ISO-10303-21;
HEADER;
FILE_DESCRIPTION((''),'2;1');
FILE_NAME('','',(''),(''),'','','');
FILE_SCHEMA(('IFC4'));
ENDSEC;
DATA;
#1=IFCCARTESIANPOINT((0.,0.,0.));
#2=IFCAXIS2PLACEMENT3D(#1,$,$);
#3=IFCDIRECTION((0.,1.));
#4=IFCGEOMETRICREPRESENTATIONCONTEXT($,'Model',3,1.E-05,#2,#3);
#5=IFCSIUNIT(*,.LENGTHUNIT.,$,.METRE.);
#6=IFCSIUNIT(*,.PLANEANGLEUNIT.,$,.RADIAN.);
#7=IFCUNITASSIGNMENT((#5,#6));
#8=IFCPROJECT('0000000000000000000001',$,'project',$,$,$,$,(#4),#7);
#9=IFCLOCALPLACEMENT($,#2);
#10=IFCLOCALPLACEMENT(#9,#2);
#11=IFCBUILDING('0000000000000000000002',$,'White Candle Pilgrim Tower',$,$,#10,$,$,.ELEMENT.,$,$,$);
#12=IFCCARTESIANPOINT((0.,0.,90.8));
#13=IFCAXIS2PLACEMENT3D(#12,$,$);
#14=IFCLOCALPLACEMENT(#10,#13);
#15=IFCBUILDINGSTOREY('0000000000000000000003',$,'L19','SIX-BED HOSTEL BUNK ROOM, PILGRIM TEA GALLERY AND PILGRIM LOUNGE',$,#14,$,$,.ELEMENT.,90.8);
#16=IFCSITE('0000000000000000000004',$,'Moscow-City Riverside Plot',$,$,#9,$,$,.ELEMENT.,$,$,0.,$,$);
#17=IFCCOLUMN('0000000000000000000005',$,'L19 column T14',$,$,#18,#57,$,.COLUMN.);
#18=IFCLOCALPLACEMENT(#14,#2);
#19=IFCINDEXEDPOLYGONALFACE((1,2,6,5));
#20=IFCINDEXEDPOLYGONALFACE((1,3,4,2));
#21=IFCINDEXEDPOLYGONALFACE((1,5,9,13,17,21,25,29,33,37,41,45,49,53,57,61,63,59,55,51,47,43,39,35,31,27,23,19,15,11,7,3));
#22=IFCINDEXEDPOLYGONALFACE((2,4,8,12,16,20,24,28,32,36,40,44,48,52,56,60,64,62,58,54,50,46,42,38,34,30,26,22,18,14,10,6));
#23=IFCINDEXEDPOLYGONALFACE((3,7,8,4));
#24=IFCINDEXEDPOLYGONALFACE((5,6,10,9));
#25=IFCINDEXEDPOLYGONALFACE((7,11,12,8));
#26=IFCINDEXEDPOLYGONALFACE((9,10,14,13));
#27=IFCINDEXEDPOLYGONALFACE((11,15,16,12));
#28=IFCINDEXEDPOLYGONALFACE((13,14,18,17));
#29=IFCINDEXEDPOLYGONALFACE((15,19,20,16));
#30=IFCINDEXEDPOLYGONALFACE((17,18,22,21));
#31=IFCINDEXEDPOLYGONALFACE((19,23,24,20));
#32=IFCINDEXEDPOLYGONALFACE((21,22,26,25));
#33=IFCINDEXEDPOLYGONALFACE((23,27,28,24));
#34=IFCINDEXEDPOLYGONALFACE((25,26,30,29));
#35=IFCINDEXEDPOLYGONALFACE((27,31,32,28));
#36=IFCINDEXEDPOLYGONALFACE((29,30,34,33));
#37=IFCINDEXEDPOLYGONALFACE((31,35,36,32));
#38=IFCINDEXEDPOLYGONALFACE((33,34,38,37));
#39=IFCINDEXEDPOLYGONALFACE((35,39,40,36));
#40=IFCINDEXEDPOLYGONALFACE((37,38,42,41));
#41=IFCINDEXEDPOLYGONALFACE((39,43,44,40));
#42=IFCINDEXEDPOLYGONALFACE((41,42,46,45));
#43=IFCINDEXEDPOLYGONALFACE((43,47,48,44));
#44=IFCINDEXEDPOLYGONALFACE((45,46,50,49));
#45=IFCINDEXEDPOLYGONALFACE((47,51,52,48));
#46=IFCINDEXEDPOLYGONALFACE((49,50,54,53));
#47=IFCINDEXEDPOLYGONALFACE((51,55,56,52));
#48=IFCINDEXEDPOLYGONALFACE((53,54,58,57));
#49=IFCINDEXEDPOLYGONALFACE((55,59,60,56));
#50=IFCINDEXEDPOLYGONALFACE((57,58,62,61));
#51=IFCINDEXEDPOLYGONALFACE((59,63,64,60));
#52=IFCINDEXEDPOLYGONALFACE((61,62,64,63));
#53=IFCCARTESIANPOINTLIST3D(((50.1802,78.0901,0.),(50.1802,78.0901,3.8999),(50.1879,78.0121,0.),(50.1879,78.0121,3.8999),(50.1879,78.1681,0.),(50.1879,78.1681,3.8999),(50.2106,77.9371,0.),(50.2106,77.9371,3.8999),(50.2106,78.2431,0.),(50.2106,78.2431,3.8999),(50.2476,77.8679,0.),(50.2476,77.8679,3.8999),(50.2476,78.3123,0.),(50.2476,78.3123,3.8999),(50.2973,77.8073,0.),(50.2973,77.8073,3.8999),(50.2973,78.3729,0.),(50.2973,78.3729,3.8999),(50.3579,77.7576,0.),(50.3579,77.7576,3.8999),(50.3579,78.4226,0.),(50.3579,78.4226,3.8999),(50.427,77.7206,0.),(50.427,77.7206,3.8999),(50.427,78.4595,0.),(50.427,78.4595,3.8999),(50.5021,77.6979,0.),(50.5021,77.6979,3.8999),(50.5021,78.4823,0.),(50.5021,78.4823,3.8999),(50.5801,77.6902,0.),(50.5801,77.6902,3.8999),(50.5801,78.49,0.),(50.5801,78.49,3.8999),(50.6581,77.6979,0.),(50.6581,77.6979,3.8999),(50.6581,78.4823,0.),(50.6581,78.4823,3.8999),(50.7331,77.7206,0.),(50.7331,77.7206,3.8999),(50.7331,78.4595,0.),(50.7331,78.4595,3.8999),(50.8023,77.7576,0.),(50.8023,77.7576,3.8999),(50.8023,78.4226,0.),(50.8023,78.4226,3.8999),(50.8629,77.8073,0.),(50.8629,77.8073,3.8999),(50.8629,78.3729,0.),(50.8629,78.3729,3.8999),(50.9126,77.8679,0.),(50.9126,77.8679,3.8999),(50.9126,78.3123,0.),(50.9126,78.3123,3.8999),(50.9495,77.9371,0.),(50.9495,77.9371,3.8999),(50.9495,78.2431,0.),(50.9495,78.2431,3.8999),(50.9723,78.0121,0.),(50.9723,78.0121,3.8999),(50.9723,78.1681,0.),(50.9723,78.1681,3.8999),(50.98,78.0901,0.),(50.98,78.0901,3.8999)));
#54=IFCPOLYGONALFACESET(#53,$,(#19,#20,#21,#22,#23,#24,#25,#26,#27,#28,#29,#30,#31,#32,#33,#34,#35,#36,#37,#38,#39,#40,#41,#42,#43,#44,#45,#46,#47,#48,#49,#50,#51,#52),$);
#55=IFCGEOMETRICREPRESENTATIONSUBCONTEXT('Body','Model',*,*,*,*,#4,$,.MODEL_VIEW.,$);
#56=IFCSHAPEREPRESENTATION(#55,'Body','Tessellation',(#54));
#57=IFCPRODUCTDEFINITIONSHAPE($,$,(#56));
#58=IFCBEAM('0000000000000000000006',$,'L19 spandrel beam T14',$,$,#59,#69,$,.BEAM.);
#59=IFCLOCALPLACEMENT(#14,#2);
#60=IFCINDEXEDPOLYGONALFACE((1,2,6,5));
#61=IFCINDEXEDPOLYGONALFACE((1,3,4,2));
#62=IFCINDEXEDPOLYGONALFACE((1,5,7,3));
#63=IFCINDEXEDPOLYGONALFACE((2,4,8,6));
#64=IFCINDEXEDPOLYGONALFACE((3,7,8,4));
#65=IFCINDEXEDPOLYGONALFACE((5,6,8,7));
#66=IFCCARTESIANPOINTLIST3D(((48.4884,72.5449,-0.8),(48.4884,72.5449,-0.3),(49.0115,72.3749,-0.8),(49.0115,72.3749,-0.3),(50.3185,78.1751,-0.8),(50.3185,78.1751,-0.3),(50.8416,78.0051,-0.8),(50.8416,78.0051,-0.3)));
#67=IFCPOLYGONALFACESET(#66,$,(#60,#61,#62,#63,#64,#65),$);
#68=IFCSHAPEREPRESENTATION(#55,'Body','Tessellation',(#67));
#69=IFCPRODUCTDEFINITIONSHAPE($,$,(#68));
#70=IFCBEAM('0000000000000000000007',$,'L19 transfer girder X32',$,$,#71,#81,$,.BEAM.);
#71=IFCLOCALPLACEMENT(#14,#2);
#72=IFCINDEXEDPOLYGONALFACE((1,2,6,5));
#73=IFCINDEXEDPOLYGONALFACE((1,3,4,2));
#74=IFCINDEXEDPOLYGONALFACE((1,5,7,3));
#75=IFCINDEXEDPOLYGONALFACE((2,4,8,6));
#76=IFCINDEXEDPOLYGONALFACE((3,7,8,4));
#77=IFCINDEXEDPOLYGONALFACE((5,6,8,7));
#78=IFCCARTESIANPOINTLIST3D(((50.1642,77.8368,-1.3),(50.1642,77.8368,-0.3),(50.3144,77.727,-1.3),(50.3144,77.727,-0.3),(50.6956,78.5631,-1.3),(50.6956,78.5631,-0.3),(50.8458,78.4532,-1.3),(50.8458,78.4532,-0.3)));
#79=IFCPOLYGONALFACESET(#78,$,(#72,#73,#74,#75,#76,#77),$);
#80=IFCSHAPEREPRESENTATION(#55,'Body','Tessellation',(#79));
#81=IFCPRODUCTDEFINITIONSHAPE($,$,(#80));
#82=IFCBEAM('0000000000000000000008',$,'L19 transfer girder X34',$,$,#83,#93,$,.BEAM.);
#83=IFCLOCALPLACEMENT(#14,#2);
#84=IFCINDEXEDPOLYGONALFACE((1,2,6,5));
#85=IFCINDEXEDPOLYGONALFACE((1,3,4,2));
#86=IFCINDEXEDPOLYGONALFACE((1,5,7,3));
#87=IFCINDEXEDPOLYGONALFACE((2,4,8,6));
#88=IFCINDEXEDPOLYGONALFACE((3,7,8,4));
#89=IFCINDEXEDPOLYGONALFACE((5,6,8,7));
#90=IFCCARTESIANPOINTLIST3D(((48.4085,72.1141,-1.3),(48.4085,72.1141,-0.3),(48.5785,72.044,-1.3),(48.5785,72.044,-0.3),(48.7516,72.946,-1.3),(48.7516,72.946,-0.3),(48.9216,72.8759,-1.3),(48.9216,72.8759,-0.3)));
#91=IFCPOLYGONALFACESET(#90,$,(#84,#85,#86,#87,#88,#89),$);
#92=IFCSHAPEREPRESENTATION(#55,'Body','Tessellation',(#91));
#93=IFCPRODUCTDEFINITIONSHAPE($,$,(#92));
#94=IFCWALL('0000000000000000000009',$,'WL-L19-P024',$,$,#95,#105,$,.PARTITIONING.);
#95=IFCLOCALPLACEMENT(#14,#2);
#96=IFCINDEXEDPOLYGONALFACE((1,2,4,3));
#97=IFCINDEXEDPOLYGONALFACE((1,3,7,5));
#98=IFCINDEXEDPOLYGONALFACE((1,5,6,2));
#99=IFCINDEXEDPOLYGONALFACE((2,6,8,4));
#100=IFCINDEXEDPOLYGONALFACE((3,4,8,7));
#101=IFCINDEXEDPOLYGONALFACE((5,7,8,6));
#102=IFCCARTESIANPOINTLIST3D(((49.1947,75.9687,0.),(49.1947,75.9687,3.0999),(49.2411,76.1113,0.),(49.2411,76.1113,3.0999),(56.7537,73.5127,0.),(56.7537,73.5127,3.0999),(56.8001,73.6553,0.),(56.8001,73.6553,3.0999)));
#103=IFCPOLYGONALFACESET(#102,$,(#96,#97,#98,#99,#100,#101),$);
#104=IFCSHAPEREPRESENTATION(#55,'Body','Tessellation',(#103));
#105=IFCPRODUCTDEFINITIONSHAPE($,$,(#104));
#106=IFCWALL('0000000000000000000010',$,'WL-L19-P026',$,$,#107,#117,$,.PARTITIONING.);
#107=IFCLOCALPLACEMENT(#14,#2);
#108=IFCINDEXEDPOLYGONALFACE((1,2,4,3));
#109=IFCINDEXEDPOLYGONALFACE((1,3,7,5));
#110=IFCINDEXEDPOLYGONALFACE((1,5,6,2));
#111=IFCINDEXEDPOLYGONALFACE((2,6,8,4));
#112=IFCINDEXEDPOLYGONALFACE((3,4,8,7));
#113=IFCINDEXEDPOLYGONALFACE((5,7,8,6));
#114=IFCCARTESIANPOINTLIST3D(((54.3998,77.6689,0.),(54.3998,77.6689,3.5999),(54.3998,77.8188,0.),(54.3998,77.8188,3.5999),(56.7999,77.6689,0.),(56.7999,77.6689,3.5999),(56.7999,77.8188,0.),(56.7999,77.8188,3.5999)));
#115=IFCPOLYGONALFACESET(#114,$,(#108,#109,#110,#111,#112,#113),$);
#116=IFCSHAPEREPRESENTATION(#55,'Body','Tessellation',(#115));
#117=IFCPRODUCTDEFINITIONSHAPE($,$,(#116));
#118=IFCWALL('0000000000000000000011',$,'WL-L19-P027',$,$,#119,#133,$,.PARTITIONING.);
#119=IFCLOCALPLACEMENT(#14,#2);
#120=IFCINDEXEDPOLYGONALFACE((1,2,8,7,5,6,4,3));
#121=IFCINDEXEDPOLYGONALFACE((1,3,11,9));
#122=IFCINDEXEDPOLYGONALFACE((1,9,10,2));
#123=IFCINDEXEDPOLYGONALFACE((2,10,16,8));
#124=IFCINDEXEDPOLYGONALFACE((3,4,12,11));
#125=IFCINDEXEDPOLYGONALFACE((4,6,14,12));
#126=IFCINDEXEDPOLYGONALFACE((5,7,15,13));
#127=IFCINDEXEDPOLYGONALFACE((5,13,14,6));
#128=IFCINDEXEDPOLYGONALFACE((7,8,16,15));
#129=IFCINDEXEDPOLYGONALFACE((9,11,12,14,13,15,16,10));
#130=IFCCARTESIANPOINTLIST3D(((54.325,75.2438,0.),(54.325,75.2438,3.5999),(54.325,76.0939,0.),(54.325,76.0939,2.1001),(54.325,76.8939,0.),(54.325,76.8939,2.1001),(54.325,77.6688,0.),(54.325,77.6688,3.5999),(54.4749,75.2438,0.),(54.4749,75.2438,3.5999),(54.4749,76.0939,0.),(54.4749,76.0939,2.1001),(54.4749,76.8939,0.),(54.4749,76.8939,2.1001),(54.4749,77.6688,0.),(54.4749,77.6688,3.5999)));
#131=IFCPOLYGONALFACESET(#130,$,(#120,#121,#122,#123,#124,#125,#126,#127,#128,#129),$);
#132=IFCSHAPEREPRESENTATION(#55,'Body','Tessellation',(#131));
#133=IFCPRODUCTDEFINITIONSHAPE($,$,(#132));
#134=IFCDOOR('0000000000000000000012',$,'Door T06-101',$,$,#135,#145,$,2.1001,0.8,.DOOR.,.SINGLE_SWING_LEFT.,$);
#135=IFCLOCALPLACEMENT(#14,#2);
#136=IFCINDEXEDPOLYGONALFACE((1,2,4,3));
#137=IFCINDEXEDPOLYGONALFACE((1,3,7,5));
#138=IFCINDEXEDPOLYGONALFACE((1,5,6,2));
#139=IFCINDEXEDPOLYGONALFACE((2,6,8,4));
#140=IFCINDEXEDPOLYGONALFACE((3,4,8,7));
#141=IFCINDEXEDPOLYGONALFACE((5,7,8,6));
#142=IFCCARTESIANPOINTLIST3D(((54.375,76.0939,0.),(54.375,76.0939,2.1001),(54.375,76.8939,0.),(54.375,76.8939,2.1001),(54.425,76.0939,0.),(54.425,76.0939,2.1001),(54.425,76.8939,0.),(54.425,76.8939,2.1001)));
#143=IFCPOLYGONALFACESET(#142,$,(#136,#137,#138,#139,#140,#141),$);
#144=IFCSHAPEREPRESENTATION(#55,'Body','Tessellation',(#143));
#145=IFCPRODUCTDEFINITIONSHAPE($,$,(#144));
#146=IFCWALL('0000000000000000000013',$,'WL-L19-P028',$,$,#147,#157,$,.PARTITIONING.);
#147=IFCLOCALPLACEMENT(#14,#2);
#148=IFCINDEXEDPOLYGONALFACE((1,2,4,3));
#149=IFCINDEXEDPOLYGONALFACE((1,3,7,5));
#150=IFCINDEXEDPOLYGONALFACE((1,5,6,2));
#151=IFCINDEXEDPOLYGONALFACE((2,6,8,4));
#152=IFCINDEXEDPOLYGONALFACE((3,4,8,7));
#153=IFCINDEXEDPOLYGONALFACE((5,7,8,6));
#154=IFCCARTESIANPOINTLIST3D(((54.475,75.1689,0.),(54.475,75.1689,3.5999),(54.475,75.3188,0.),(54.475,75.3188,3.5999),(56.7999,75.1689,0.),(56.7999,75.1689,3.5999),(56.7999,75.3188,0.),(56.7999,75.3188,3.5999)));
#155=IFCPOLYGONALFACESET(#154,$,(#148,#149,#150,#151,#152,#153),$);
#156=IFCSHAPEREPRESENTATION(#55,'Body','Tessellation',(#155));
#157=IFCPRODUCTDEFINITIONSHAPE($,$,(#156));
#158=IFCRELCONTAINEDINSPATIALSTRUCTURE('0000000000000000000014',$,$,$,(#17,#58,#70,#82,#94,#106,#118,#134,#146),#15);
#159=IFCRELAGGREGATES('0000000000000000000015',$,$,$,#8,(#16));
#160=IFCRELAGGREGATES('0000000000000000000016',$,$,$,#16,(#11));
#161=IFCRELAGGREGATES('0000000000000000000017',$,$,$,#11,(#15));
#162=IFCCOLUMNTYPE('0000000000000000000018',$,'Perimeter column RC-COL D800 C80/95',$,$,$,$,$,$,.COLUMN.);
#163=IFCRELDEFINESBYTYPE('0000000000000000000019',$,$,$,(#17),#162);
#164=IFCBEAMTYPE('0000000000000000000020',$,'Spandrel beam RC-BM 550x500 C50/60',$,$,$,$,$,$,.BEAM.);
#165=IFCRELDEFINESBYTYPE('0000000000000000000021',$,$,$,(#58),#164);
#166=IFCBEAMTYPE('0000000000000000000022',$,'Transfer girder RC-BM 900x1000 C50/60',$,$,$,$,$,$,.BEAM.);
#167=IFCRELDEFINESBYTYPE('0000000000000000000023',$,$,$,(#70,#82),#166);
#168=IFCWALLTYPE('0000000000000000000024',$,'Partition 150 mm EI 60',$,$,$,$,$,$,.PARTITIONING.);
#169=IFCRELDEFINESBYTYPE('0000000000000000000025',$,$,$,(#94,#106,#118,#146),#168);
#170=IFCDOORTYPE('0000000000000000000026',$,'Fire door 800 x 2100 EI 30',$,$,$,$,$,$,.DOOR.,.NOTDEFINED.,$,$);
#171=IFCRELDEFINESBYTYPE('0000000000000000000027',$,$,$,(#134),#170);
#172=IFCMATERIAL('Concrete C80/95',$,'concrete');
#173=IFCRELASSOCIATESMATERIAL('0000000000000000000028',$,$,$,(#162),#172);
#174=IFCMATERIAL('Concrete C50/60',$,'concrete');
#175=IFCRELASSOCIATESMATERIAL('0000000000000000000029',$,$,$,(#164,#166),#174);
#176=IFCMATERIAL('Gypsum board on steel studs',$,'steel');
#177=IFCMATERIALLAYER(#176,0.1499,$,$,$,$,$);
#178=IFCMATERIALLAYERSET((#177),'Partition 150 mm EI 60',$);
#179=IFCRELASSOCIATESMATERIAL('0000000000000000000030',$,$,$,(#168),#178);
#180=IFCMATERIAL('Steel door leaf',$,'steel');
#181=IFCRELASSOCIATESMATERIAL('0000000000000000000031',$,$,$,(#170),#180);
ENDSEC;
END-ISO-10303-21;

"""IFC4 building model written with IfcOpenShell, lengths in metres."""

from ifc_helpers import new_model, si_unit, direction, frame, frame_2d, origin, origin_2d, place, context, subcontext, project, spatial, rectangle, circle, extrude, material, layer, layer_set, material_profile, profile_set, type_object, element, fill, save


model = new_model("IFC4")

# Units and contexts
model_context = context("Model", 3, precision=1e-05, world=origin(), true_north=direction((0.0, 1.0)))
body_context = subcontext(model_context, "Body", "Model", "MODEL_VIEW")
ifc_project = project(units=[si_unit("LENGTHUNIT", "METRE"), si_unit("PLANEANGLEUNIT", "RADIAN")], contexts=[model_context])

# Site, building, storey
site_placement = place(None, origin())
site = spatial("IfcSite", under=ifc_project, at=site_placement, Name="Moscow-City Riverside Plot", CompositionType="ELEMENT", RefElevation=0.0)
building_placement = place(site_placement, origin())
building = spatial("IfcBuilding", under=site, at=building_placement, Name="White Candle Pilgrim Tower", CompositionType="ELEMENT")
storey_placement = place(building_placement, frame((0.0, 0.0, 90.8)))
storey = spatial("IfcBuildingStorey", under=building, at=storey_placement, Name="L19", Description="SIX-BED HOSTEL BUNK ROOM, PILGRIM TEA GALLERY AND PILGRIM LOUNGE", CompositionType="ELEMENT", Elevation=90.8)

# Column
ifc_material_1 = material(Name="Concrete C80/95", Category="concrete")
ifc_material_profile_1 = material_profile(ifc_material_1, circle(Radius=0.3999, at=origin_2d()), Name="RC-COL D800")
ifc_profile_set_1 = profile_set([ifc_material_profile_1], Name="Concrete C80/95")
column_type = type_object("IfcColumnType", Name="Perimeter column RC-COL D800 C80/95", PredefinedType="COLUMN", material=ifc_profile_set_1)
column_placement = place(storey_placement, frame((50.5801, 78.0901, 0.0), z_axis=(0.0, 0.0, 1.0), x_axis=(1.0, 0.0, 0.0)))
element("IfcColumn", 1, at=column_placement, inside=storey, type_object=column_type, Name="L19 column T14", PredefinedType="COLUMN", context=body_context, shape_type="SweptSolid", body=[
    extrude(circle(Radius=0.3999, at=origin_2d()), origin(), (0.0, 0.0, 1.0), 3.8999),
])

# Beams
ifc_material_2 = material(Name="Concrete C50/60", Category="concrete")
ifc_material_profile_2 = material_profile(ifc_material_2, rectangle(XDim=0.55, YDim=0.5, at=origin_2d()), Name="RC-BM 550x500")
ifc_profile_set_2 = profile_set([ifc_material_profile_2], Name="Concrete C50/60")
beam_type_1 = type_object("IfcBeamType", Name="Spandrel beam RC-BM 550x500 C50/60", PredefinedType="BEAM", material=ifc_profile_set_2)
beam_1_placement = place(storey_placement, frame((50.5801, 78.0901, -0.55), z_axis=(-0.30913, -0.95102, 0.0), x_axis=(0.95102, -0.30913, 0.0)))
element("IfcBeam", 2, at=beam_1_placement, inside=storey, type_object=beam_type_1, Name="L19 spandrel beam T14", PredefinedType="BEAM", context=body_context, shape_type="SweptSolid", body=[
    extrude(rectangle(XDim=0.55, YDim=0.5, at=origin_2d()), origin(), (0.0, 0.0, 1.0), 5.9202),
])
ifc_material_profile_3 = material_profile(ifc_material_2, rectangle(XDim=0.8999, YDim=1.0, at=origin_2d()), Name="RC-BM 900x1000")
ifc_profile_set_3 = profile_set([ifc_material_profile_3], Name="Concrete C50/60")
beam_type_2 = type_object("IfcBeamType", Name="Transfer girder RC-BM 900x1000 C50/60", PredefinedType="BEAM", material=ifc_profile_set_3)
beam_2_placement = place(storey_placement, frame((50.4299, 78.2, -0.8), z_axis=(0.80703, -0.59051, 0.0), x_axis=(0.59051, 0.80703, 0.0)))
element("IfcBeam", 3, at=beam_2_placement, inside=storey, type_object=beam_type_2, Name="L19 transfer girder X32", PredefinedType="BEAM", context=body_context, shape_type="SweptSolid", body=[
    extrude(rectangle(XDim=0.8999, YDim=1.0, at=origin_2d()), origin(), (0.0, 0.0, 1.0), 0.186),
])
beam_3_placement = place(storey_placement, frame((48.5801, 72.53, -0.8), z_axis=(0.924485, -0.381217, 0.0), x_axis=(0.381217, 0.924485, 0.0)))
element("IfcBeam", 4, at=beam_3_placement, inside=storey, type_object=beam_type_2, Name="L19 transfer girder X34", PredefinedType="BEAM", context=body_context, shape_type="SweptSolid", body=[
    extrude(rectangle(XDim=0.8999, YDim=1.0, at=origin_2d()), origin(), (0.0, 0.0, 1.0), 0.1838),
])

# Walls
ifc_material_3 = material(Name="Gypsum board on steel studs", Category="steel")
ifc_layer_1 = layer(ifc_material_3, 0.1499)
ifc_layer_set_1 = layer_set([ifc_layer_1], Name="Partition 150 mm EI 60")
wall_type_1 = type_object("IfcWallType", Name="Partition 150 mm EI 60", PredefinedType="PARTITIONING", material=ifc_layer_set_1)
wall_1_placement = place(storey_placement, frame((49.2178, 76.04, 0.0), z_axis=(0.0, 0.0, 1.0), x_axis=(0.951058, -0.309012, 0.0)))
element("IfcWall", 5, at=wall_1_placement, inside=storey, type_object=wall_type_1, Name="WL-L19-P024", PredefinedType="PARTITIONING", context=body_context, shape_type="SweptSolid", body=[
    extrude(rectangle(XDim=7.948, YDim=0.1499, at=frame_2d((3.9741, 0.0))), origin(), (0.0, 0.0, 1.0), 3.0999),
])
wall_2_placement = place(storey_placement, frame((56.8, 77.7439, 0.0), z_axis=(0.0, 0.0, 1.0), x_axis=(-1.0, 0.0, 0.0)))
element("IfcWall", 6, at=wall_2_placement, inside=storey, type_object=wall_type_1, Name="WL-L19-P026", PredefinedType="PARTITIONING", context=body_context, shape_type="SweptSolid", body=[
    extrude(rectangle(XDim=2.4001, YDim=0.1499, at=frame_2d((1.2002, 0.0))), origin(), (0.0, 0.0, 1.0), 3.5999),
])

# Wall, opening, door
wall_3_placement = place(storey_placement, frame((54.3999, 75.2439, 0.0), z_axis=(0.0, 0.0, 1.0), x_axis=(0.0, 1.0, 0.0)))
wall_3 = element("IfcWall", 7, at=wall_3_placement, inside=storey, type_object=wall_type_1, Name="WL-L19-P027", PredefinedType="PARTITIONING", context=body_context, shape_type="SweptSolid", body=[
    extrude(rectangle(XDim=2.425, YDim=0.1499, at=frame_2d((1.2124, 0.0))), origin(), (0.0, 0.0, 1.0), 3.5999),
])
opening_1_placement = place(wall_3_placement, frame((0.8501, 0.0, 0.0)))
opening_1 = element("IfcOpeningElement", 8, at=opening_1_placement, cuts=wall_3, PredefinedType="OPENING", context=body_context, shape_type="SweptSolid", body=[
    extrude(rectangle(XDim=0.8, YDim=2.1001, at=frame_2d((0.3999, 1.05))), frame((0.0, 0.085, 0.0), z_axis=(0.0, -1.0, 0.0), x_axis=(1.0, 0.0, 0.0)), (0.0, 0.0, 1.0), 0.1699),
])
ifc_material_4 = material(Name="Steel door leaf", Category="steel")
door_type_1 = type_object("IfcDoorType", Name="Fire door 800 x 2100 EI 30", OperationType="NOTDEFINED", PredefinedType="DOOR", material=ifc_material_4)
door_1_placement = place(opening_1_placement, origin())
door_1 = element("IfcDoor", 9, at=door_1_placement, inside=storey, type_object=door_type_1, Name="Door T06-101", OperationType="SINGLE_SWING_LEFT", OverallHeight=2.1001, OverallWidth=0.8, PredefinedType="DOOR", context=body_context, shape_type="SweptSolid", body=[
    extrude(rectangle(XDim=0.8, YDim=2.1001, at=frame_2d((0.3999, 1.05))), frame((0.0, 0.0249, 0.0), z_axis=(0.0, -1.0, 0.0), x_axis=(1.0, 0.0, 0.0)), (0.0, 0.0, 1.0), 0.05),
])
fill(opening_1, door_1)

# Wall
wall_4_placement = place(storey_placement, frame((56.8, 75.2439, 0.0), z_axis=(0.0, 0.0, 1.0), x_axis=(-1.0, 0.0, 0.0)))
element("IfcWall", 10, at=wall_4_placement, inside=storey, type_object=wall_type_1, Name="WL-L19-P028", PredefinedType="PARTITIONING", context=body_context, shape_type="SweptSolid", body=[
    extrude(rectangle(XDim=2.325, YDim=0.1499, at=frame_2d((1.1626, 0.0))), origin(), (0.0, 0.0, 1.0), 3.5999),
])

save(model, "model.ifc")
